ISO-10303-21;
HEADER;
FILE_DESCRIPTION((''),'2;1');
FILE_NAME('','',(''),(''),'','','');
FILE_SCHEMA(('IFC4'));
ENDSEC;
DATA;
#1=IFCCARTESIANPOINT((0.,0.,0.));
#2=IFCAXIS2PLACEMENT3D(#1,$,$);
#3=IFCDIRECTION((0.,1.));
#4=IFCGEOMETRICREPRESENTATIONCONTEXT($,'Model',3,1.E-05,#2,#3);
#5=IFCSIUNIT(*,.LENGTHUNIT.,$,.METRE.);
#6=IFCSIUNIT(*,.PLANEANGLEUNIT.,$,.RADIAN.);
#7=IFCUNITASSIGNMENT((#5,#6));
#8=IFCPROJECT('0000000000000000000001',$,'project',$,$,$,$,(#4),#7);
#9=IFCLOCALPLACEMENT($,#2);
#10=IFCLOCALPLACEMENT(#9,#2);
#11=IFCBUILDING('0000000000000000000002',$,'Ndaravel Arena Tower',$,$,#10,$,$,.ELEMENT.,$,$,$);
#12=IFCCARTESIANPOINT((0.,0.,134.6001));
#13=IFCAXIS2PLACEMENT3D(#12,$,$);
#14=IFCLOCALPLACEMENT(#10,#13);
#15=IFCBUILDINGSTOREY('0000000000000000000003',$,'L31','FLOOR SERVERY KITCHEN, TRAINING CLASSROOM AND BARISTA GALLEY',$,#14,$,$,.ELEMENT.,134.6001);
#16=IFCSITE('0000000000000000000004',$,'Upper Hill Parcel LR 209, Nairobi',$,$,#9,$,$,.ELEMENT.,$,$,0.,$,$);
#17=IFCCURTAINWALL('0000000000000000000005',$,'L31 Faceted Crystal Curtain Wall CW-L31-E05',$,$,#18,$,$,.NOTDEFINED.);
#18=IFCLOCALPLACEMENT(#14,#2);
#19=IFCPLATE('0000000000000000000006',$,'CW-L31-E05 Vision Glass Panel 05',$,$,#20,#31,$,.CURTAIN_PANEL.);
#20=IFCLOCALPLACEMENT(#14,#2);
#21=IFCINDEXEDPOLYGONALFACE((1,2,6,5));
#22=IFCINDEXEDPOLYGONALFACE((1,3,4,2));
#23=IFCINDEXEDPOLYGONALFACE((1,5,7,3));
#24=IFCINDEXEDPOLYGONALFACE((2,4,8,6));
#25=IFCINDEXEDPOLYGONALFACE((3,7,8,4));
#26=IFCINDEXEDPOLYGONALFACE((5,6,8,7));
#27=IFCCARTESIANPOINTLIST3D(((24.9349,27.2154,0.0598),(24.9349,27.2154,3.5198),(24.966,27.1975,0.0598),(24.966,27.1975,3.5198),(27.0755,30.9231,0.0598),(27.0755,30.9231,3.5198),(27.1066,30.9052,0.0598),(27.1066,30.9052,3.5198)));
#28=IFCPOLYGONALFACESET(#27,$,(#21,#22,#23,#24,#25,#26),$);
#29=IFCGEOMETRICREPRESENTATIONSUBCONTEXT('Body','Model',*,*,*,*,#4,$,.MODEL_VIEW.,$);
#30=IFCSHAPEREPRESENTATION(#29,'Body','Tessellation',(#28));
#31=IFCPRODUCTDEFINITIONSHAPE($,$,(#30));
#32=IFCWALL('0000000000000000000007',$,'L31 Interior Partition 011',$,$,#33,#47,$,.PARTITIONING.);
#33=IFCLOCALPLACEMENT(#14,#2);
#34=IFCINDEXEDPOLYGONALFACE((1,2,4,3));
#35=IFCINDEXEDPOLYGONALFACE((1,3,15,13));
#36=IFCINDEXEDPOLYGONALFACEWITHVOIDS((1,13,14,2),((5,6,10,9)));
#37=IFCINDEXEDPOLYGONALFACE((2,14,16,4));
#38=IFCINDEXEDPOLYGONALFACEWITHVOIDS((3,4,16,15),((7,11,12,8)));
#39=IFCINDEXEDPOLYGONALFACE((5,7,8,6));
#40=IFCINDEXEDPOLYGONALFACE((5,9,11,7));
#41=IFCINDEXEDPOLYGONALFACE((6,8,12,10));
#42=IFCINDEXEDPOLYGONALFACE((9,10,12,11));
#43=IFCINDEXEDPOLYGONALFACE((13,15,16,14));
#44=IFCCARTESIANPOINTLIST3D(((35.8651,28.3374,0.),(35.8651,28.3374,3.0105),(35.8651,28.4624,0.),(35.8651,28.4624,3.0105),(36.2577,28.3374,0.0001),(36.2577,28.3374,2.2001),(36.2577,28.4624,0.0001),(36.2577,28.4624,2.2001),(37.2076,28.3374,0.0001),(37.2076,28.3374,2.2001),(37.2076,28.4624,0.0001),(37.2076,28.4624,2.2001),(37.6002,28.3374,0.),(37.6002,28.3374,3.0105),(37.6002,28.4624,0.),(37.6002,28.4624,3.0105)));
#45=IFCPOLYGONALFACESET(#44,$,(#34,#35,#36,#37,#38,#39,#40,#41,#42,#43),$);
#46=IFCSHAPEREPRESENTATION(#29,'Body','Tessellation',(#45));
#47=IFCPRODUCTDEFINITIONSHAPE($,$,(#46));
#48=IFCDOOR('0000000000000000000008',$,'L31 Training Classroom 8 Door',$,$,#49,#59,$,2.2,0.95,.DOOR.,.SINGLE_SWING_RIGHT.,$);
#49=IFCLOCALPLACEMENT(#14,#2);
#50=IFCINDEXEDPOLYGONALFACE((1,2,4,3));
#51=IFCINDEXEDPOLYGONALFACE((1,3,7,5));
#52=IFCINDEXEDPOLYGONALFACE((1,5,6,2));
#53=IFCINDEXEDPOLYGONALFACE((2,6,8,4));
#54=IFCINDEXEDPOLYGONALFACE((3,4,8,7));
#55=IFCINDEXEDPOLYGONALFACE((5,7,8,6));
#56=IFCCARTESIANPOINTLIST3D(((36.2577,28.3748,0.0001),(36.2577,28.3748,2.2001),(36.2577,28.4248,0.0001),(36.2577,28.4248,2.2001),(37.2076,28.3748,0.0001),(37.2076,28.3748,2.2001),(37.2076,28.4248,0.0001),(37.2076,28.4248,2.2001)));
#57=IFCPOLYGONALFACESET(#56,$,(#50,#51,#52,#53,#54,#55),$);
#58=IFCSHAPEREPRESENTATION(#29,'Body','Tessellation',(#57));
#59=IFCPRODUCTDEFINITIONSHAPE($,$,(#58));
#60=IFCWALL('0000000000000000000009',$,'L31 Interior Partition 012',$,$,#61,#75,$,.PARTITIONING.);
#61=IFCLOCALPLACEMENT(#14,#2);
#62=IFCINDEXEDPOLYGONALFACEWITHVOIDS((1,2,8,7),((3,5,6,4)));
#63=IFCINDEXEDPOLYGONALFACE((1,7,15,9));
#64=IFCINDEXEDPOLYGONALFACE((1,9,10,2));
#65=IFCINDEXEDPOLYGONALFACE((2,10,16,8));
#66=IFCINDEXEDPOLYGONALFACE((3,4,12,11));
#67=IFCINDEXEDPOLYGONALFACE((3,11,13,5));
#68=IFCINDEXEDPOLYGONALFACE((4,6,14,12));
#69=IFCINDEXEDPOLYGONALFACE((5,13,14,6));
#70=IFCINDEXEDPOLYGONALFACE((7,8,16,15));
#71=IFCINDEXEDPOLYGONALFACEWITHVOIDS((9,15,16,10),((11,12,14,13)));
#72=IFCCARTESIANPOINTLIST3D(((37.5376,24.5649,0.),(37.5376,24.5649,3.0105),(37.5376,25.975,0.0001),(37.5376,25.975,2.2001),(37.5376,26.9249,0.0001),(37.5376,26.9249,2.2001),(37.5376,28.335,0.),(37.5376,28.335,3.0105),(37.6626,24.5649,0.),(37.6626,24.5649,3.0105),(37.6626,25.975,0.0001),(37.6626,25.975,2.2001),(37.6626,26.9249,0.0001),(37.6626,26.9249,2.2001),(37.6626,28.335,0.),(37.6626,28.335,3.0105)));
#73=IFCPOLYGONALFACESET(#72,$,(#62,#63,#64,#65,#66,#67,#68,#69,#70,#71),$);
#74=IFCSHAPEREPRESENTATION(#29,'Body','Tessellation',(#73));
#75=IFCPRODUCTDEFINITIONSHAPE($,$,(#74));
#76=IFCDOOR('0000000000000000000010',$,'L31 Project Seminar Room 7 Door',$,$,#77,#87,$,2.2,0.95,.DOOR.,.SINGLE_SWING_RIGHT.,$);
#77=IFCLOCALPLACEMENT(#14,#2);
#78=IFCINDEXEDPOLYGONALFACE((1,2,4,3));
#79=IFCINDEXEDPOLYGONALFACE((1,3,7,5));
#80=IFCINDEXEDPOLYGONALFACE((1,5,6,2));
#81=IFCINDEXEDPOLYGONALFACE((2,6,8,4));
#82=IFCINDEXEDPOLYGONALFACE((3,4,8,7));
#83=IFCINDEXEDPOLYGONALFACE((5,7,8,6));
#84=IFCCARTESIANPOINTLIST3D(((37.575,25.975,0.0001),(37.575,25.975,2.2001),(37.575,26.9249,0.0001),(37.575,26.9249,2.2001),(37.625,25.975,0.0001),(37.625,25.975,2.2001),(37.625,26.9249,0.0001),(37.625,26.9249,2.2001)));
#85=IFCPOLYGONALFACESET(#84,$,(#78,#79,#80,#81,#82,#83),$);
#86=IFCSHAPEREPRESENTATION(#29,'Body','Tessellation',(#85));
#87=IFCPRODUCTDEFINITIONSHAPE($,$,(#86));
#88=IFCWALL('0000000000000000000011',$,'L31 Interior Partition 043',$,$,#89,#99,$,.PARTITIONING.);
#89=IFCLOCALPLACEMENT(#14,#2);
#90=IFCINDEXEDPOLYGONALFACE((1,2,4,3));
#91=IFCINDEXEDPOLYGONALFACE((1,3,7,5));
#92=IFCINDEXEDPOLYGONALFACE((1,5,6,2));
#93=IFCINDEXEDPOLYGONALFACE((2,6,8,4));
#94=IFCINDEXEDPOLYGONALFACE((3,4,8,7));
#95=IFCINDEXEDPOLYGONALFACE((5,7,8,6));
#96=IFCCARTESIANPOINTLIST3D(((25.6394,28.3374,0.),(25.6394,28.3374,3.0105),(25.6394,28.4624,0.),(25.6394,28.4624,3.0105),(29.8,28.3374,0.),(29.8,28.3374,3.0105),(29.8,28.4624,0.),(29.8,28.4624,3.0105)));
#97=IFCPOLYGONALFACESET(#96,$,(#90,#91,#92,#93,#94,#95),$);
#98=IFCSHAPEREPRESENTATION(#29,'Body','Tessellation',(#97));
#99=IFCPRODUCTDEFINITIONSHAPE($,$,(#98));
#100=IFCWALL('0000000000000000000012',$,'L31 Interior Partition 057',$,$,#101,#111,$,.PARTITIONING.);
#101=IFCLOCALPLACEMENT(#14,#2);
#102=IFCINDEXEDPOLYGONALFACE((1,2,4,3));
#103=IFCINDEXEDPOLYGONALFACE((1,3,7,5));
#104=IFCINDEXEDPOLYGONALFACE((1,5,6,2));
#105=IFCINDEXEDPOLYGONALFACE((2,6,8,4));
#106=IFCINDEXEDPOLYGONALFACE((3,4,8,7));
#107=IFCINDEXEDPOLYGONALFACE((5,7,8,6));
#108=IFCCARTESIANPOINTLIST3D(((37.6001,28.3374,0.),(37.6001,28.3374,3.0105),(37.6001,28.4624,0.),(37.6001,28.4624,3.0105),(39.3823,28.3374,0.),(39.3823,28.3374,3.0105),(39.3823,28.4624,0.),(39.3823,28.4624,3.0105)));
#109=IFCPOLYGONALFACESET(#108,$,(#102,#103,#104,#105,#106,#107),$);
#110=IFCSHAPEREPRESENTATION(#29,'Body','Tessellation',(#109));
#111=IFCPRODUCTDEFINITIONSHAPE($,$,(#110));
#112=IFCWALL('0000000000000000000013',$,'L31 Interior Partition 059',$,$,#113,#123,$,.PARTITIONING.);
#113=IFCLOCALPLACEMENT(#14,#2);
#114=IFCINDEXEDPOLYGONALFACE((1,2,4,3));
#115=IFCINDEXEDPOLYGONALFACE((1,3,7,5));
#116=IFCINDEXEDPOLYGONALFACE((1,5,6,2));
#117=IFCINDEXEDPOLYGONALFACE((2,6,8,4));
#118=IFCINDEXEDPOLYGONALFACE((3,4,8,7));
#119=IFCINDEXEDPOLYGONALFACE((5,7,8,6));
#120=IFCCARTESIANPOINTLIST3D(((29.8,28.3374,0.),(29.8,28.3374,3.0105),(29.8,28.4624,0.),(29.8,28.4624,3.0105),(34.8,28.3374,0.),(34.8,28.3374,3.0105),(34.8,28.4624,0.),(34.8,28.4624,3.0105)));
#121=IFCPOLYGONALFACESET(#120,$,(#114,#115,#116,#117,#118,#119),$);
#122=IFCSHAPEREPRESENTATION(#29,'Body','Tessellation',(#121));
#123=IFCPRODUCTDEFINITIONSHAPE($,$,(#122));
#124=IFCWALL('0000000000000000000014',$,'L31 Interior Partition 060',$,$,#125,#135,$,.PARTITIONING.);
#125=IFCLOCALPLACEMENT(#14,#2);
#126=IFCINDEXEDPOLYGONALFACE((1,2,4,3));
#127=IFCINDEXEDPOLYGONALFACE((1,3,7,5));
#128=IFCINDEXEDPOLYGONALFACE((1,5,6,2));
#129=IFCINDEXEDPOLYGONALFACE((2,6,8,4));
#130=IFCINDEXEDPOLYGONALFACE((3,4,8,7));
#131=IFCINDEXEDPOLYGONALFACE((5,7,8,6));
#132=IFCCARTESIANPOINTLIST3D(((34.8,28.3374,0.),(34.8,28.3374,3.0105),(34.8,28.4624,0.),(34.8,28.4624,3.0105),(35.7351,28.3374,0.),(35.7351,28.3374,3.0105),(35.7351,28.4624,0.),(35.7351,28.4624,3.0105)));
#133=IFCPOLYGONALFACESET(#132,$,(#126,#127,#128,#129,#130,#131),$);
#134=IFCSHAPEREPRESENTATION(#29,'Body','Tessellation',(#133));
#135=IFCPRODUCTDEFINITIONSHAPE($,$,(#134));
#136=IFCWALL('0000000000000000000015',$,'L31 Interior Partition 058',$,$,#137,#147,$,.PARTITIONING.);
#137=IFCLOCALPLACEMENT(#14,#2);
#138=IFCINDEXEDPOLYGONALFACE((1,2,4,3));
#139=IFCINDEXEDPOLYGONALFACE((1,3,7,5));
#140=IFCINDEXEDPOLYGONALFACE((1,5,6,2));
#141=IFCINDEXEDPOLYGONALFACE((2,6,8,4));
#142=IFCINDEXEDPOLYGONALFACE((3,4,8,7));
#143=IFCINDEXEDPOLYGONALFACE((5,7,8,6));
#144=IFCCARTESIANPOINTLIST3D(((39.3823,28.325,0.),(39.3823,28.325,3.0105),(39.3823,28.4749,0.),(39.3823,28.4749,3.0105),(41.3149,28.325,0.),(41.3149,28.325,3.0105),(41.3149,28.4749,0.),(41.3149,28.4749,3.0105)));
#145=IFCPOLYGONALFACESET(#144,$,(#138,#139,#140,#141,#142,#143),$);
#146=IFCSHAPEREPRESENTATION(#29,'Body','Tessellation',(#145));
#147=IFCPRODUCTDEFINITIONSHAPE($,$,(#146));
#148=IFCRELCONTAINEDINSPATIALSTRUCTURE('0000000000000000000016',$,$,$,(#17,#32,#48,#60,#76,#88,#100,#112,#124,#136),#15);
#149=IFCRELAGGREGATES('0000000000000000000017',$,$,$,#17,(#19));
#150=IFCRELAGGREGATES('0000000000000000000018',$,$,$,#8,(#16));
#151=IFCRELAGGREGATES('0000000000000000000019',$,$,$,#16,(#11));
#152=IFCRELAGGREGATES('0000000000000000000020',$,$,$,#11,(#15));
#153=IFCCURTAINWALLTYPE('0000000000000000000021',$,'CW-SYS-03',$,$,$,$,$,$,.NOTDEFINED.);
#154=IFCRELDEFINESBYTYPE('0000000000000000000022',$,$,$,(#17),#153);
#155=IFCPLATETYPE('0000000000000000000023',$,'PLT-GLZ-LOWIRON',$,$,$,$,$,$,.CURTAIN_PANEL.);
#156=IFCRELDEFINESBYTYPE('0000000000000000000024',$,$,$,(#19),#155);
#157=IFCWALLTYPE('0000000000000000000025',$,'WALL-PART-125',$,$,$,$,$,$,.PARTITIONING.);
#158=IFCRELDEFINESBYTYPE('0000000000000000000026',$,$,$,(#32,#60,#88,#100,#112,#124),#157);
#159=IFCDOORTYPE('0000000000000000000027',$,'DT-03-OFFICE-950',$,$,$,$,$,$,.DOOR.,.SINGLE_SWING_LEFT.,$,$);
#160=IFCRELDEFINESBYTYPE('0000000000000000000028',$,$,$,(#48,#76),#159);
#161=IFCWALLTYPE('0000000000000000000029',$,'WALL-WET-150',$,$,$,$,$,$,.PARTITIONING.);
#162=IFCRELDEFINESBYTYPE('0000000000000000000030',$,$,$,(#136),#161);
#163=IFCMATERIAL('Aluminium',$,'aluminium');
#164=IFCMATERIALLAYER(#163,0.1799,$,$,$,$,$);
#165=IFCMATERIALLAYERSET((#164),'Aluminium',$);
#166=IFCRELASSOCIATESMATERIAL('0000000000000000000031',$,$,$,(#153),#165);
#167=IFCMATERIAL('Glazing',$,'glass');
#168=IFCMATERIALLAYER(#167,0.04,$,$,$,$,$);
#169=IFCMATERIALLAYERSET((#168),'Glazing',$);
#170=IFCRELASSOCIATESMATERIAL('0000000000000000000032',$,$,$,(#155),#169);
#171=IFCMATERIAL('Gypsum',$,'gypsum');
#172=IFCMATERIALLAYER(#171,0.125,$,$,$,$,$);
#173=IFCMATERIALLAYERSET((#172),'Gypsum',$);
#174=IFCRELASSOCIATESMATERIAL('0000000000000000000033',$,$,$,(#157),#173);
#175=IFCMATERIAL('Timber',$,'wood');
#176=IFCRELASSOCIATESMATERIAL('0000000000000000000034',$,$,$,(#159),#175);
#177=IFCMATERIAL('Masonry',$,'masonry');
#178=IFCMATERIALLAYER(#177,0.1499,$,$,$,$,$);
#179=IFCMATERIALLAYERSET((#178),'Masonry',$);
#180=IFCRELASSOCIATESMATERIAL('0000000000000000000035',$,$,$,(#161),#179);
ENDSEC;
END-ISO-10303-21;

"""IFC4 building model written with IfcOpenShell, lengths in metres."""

from ifc_helpers import new_model, si_unit, direction, frame, frame_2d, origin, origin_2d, place, context, subcontext, project, spatial, rectangle, extrude, material, layer, layer_set, type_object, element, fill, aggregate, save


model = new_model("IFC4")

# Units and contexts
model_context = context("Model", 3, precision=1e-05, world=origin(), true_north=direction((0.0, 1.0)))
body_context = subcontext(model_context, "Body", "Model", "MODEL_VIEW")
ifc_project = project(units=[si_unit("LENGTHUNIT", "METRE"), si_unit("PLANEANGLEUNIT", "RADIAN")], contexts=[model_context])

# Site, building, storey
site_placement = place(None, origin())
site = spatial("IfcSite", under=ifc_project, at=site_placement, Name="Upper Hill Parcel LR 209, Nairobi", CompositionType="ELEMENT", RefElevation=0.0)
building_placement = place(site_placement, origin())
building = spatial("IfcBuilding", under=site, at=building_placement, Name="Ndaravel Arena Tower", CompositionType="ELEMENT")
storey_placement = place(building_placement, frame((0.0, 0.0, 134.6001)))
storey = spatial("IfcBuildingStorey", under=building, at=storey_placement, Name="L31", Description="FLOOR SERVERY KITCHEN, TRAINING CLASSROOM AND BARISTA GALLEY", CompositionType="ELEMENT", Elevation=134.6001)

# Curtain wall, plate
ifc_material_1 = material(Name="Aluminium", Category="aluminium")
ifc_layer_1 = layer(ifc_material_1, 0.1799)
ifc_layer_set_1 = layer_set([ifc_layer_1], Name="Aluminium")
curtain_wall_type = type_object("IfcCurtainWallType", Name="CW-SYS-03", PredefinedType="NOTDEFINED", material=ifc_layer_set_1)
curtain_wall_placement = place(storey_placement, origin())
curtain_wall = element("IfcCurtainWall", 1, at=curtain_wall_placement, inside=storey, type_object=curtain_wall_type, Name="L31 Faceted Crystal Curtain Wall CW-L31-E05", PredefinedType="NOTDEFINED")
ifc_material_2 = material(Name="Glazing", Category="glass")
ifc_layer_2 = layer(ifc_material_2, 0.04)
ifc_layer_set_2 = layer_set([ifc_layer_2], Name="Glazing")
plate_type = type_object("IfcPlateType", Name="PLT-GLZ-LOWIRON", PredefinedType="CURTAIN_PANEL", material=ifc_layer_set_2)
plate_1_placement = place(storey_placement, frame((26.0208, 29.0603, 0.0598), z_axis=(0.0, 0.0, 1.0), x_axis=(-0.5, -0.866025, 0.0)))
plate_1 = element("IfcPlate", 2, at=plate_1_placement, type_object=plate_type, Name="CW-L31-E05 Vision Glass Panel 05", PredefinedType="CURTAIN_PANEL", context=body_context, shape_type="SweptSolid", body=[
    extrude(rectangle(XDim=4.2812, YDim=0.0359, at=origin_2d()), origin(), (0.0, 0.0, 1.0), 3.46),
])
aggregate(curtain_wall, [plate_1])

# Walls, openings, doors
ifc_material_3 = material(Name="Gypsum", Category="gypsum")
ifc_layer_3 = layer(ifc_material_3, 0.125)
ifc_layer_set_3 = layer_set([ifc_layer_3], Name="Gypsum")
wall_type_1 = type_object("IfcWallType", Name="WALL-PART-125", PredefinedType="PARTITIONING", material=ifc_layer_set_3)
wall_1_placement = place(storey_placement, frame((35.865, 28.3999, 0.0), z_axis=(0.0, 0.0, 1.0), x_axis=(1.0, 0.0, 0.0)))
wall_1 = element("IfcWall", 3, at=wall_1_placement, inside=storey, type_object=wall_type_1, Name="L31 Interior Partition 011", PredefinedType="PARTITIONING", context=body_context, shape_type="SweptSolid", body=[
    extrude(rectangle(XDim=1.7351, YDim=0.125, at=frame_2d((0.8677, 0.0))), origin(), (0.0, 0.0, 1.0), 3.0105),
])
opening_1_placement = place(wall_1_placement, frame((0.3926, 0.0, 0.0)))
opening_1 = element("IfcOpeningElement", 4, at=opening_1_placement, cuts=wall_1, PredefinedType="OPENING", context=body_context, shape_type="SweptSolid", body=[
    extrude(rectangle(XDim=0.95, YDim=2.2, at=frame_2d((0.4751, 1.1001))), frame((0.0, 0.0625, 0.0), z_axis=(0.0, -1.0, 0.0), x_axis=(1.0, 0.0, 0.0)), (0.0, 0.0, 1.0), 0.125),
])
ifc_material_4 = material(Name="Timber", Category="wood")
door_type = type_object("IfcDoorType", Name="DT-03-OFFICE-950", OperationType="SINGLE_SWING_LEFT", PredefinedType="DOOR", material=ifc_material_4)
door_1_placement = place(opening_1_placement, origin())
door_1 = element("IfcDoor", 5, at=door_1_placement, inside=storey, type_object=door_type, Name="L31 Training Classroom 8 Door", OperationType="SINGLE_SWING_RIGHT", OverallHeight=2.2, OverallWidth=0.95, PredefinedType="DOOR", context=body_context, shape_type="SweptSolid", body=[
    extrude(rectangle(XDim=0.95, YDim=2.2, at=frame_2d((0.4751, 1.1001))), frame((0.0, 0.0249, 0.0), z_axis=(0.0, -1.0, 0.0), x_axis=(1.0, 0.0, 0.0)), (0.0, 0.0, 1.0), 0.05),
])
fill(opening_1, door_1)
wall_2_placement = place(storey_placement, frame((37.6001, 28.335, 0.0), z_axis=(0.0, 0.0, 1.0), x_axis=(0.0, -1.0, 0.0)))
wall_2 = element("IfcWall", 6, at=wall_2_placement, inside=storey, type_object=wall_type_1, Name="L31 Interior Partition 012", PredefinedType="PARTITIONING", context=body_context, shape_type="SweptSolid", body=[
    extrude(rectangle(XDim=3.77, YDim=0.125, at=frame_2d((1.885, 0.0))), origin(), (0.0, 0.0, 1.0), 3.0105),
])
opening_2_placement = place(wall_2_placement, frame((1.4099, 0.0, 0.0)))
opening_2 = element("IfcOpeningElement", 7, at=opening_2_placement, cuts=wall_2, PredefinedType="OPENING", context=body_context, shape_type="SweptSolid", body=[
    extrude(rectangle(XDim=0.95, YDim=2.2, at=frame_2d((0.4751, 1.1001))), frame((0.0, 0.0625, 0.0), z_axis=(0.0, -1.0, 0.0), x_axis=(1.0, 0.0, 0.0)), (0.0, 0.0, 1.0), 0.125),
])
door_2_placement = place(opening_2_placement, origin())
door_2 = element("IfcDoor", 8, at=door_2_placement, inside=storey, type_object=door_type, Name="L31 Project Seminar Room 7 Door", OperationType="SINGLE_SWING_RIGHT", OverallHeight=2.2, OverallWidth=0.95, PredefinedType="DOOR", context=body_context, shape_type="SweptSolid", body=[
    extrude(rectangle(XDim=0.95, YDim=2.2, at=frame_2d((0.4751, 1.1001))), frame((0.0, 0.0249, 0.0), z_axis=(0.0, -1.0, 0.0), x_axis=(1.0, 0.0, 0.0)), (0.0, 0.0, 1.0), 0.05),
])
fill(opening_2, door_2)

# Walls
wall_3_placement = place(storey_placement, frame((25.6394, 28.3999, 0.0), z_axis=(0.0, 0.0, 1.0), x_axis=(1.0, 0.0, 0.0)))
element("IfcWall", 9, at=wall_3_placement, inside=storey, type_object=wall_type_1, Name="L31 Interior Partition 043", PredefinedType="PARTITIONING", context=body_context, shape_type="SweptSolid", body=[
    extrude(rectangle(XDim=4.1606, YDim=0.125, at=frame_2d((2.0803, 0.0))), origin(), (0.0, 0.0, 1.0), 3.0105),
])
wall_4_placement = place(storey_placement, frame((37.6001, 28.3999, 0.0), z_axis=(0.0, 0.0, 1.0), x_axis=(1.0, 0.0, 0.0)))
element("IfcWall", 10, at=wall_4_placement, inside=storey, type_object=wall_type_1, Name="L31 Interior Partition 057", PredefinedType="PARTITIONING", context=body_context, shape_type="SweptSolid", body=[
    extrude(rectangle(XDim=1.7822, YDim=0.125, at=frame_2d((0.8911, 0.0))), origin(), (0.0, 0.0, 1.0), 3.0105),
])
wall_5_placement = place(storey_placement, frame((29.8, 28.3999, 0.0), z_axis=(0.0, 0.0, 1.0), x_axis=(1.0, 0.0, 0.0)))
element("IfcWall", 11, at=wall_5_placement, inside=storey, type_object=wall_type_1, Name="L31 Interior Partition 059", PredefinedType="PARTITIONING", context=body_context, shape_type="SweptSolid", body=[
    extrude(rectangle(XDim=5.0, YDim=0.125, at=frame_2d((2.5, 0.0))), origin(), (0.0, 0.0, 1.0), 3.0105),
])
wall_6_placement = place(storey_placement, frame((34.8, 28.3999, 0.0), z_axis=(0.0, 0.0, 1.0), x_axis=(1.0, 0.0, 0.0)))
element("IfcWall", 12, at=wall_6_placement, inside=storey, type_object=wall_type_1, Name="L31 Interior Partition 060", PredefinedType="PARTITIONING", context=body_context, shape_type="SweptSolid", body=[
    extrude(rectangle(XDim=0.9351, YDim=0.125, at=frame_2d((0.4675, 0.0))), origin(), (0.0, 0.0, 1.0), 3.0105),
])
ifc_material_5 = material(Name="Masonry", Category="masonry")
ifc_layer_4 = layer(ifc_material_5, 0.1499)
ifc_layer_set_4 = layer_set([ifc_layer_4], Name="Masonry")
wall_type_2 = type_object("IfcWallType", Name="WALL-WET-150", PredefinedType="PARTITIONING", material=ifc_layer_set_4)
wall_7_placement = place(storey_placement, frame((39.3823, 28.3999, 0.0), z_axis=(0.0, 0.0, 1.0), x_axis=(1.0, 0.0, 0.0)))
element("IfcWall", 13, at=wall_7_placement, inside=storey, type_object=wall_type_2, Name="L31 Interior Partition 058", PredefinedType="PARTITIONING", context=body_context, shape_type="SweptSolid", body=[
    extrude(rectangle(XDim=1.9326, YDim=0.1499, at=frame_2d((0.9663, 0.0))), origin(), (0.0, 0.0, 1.0), 3.0105),
])

save(model, "model.ifc")
